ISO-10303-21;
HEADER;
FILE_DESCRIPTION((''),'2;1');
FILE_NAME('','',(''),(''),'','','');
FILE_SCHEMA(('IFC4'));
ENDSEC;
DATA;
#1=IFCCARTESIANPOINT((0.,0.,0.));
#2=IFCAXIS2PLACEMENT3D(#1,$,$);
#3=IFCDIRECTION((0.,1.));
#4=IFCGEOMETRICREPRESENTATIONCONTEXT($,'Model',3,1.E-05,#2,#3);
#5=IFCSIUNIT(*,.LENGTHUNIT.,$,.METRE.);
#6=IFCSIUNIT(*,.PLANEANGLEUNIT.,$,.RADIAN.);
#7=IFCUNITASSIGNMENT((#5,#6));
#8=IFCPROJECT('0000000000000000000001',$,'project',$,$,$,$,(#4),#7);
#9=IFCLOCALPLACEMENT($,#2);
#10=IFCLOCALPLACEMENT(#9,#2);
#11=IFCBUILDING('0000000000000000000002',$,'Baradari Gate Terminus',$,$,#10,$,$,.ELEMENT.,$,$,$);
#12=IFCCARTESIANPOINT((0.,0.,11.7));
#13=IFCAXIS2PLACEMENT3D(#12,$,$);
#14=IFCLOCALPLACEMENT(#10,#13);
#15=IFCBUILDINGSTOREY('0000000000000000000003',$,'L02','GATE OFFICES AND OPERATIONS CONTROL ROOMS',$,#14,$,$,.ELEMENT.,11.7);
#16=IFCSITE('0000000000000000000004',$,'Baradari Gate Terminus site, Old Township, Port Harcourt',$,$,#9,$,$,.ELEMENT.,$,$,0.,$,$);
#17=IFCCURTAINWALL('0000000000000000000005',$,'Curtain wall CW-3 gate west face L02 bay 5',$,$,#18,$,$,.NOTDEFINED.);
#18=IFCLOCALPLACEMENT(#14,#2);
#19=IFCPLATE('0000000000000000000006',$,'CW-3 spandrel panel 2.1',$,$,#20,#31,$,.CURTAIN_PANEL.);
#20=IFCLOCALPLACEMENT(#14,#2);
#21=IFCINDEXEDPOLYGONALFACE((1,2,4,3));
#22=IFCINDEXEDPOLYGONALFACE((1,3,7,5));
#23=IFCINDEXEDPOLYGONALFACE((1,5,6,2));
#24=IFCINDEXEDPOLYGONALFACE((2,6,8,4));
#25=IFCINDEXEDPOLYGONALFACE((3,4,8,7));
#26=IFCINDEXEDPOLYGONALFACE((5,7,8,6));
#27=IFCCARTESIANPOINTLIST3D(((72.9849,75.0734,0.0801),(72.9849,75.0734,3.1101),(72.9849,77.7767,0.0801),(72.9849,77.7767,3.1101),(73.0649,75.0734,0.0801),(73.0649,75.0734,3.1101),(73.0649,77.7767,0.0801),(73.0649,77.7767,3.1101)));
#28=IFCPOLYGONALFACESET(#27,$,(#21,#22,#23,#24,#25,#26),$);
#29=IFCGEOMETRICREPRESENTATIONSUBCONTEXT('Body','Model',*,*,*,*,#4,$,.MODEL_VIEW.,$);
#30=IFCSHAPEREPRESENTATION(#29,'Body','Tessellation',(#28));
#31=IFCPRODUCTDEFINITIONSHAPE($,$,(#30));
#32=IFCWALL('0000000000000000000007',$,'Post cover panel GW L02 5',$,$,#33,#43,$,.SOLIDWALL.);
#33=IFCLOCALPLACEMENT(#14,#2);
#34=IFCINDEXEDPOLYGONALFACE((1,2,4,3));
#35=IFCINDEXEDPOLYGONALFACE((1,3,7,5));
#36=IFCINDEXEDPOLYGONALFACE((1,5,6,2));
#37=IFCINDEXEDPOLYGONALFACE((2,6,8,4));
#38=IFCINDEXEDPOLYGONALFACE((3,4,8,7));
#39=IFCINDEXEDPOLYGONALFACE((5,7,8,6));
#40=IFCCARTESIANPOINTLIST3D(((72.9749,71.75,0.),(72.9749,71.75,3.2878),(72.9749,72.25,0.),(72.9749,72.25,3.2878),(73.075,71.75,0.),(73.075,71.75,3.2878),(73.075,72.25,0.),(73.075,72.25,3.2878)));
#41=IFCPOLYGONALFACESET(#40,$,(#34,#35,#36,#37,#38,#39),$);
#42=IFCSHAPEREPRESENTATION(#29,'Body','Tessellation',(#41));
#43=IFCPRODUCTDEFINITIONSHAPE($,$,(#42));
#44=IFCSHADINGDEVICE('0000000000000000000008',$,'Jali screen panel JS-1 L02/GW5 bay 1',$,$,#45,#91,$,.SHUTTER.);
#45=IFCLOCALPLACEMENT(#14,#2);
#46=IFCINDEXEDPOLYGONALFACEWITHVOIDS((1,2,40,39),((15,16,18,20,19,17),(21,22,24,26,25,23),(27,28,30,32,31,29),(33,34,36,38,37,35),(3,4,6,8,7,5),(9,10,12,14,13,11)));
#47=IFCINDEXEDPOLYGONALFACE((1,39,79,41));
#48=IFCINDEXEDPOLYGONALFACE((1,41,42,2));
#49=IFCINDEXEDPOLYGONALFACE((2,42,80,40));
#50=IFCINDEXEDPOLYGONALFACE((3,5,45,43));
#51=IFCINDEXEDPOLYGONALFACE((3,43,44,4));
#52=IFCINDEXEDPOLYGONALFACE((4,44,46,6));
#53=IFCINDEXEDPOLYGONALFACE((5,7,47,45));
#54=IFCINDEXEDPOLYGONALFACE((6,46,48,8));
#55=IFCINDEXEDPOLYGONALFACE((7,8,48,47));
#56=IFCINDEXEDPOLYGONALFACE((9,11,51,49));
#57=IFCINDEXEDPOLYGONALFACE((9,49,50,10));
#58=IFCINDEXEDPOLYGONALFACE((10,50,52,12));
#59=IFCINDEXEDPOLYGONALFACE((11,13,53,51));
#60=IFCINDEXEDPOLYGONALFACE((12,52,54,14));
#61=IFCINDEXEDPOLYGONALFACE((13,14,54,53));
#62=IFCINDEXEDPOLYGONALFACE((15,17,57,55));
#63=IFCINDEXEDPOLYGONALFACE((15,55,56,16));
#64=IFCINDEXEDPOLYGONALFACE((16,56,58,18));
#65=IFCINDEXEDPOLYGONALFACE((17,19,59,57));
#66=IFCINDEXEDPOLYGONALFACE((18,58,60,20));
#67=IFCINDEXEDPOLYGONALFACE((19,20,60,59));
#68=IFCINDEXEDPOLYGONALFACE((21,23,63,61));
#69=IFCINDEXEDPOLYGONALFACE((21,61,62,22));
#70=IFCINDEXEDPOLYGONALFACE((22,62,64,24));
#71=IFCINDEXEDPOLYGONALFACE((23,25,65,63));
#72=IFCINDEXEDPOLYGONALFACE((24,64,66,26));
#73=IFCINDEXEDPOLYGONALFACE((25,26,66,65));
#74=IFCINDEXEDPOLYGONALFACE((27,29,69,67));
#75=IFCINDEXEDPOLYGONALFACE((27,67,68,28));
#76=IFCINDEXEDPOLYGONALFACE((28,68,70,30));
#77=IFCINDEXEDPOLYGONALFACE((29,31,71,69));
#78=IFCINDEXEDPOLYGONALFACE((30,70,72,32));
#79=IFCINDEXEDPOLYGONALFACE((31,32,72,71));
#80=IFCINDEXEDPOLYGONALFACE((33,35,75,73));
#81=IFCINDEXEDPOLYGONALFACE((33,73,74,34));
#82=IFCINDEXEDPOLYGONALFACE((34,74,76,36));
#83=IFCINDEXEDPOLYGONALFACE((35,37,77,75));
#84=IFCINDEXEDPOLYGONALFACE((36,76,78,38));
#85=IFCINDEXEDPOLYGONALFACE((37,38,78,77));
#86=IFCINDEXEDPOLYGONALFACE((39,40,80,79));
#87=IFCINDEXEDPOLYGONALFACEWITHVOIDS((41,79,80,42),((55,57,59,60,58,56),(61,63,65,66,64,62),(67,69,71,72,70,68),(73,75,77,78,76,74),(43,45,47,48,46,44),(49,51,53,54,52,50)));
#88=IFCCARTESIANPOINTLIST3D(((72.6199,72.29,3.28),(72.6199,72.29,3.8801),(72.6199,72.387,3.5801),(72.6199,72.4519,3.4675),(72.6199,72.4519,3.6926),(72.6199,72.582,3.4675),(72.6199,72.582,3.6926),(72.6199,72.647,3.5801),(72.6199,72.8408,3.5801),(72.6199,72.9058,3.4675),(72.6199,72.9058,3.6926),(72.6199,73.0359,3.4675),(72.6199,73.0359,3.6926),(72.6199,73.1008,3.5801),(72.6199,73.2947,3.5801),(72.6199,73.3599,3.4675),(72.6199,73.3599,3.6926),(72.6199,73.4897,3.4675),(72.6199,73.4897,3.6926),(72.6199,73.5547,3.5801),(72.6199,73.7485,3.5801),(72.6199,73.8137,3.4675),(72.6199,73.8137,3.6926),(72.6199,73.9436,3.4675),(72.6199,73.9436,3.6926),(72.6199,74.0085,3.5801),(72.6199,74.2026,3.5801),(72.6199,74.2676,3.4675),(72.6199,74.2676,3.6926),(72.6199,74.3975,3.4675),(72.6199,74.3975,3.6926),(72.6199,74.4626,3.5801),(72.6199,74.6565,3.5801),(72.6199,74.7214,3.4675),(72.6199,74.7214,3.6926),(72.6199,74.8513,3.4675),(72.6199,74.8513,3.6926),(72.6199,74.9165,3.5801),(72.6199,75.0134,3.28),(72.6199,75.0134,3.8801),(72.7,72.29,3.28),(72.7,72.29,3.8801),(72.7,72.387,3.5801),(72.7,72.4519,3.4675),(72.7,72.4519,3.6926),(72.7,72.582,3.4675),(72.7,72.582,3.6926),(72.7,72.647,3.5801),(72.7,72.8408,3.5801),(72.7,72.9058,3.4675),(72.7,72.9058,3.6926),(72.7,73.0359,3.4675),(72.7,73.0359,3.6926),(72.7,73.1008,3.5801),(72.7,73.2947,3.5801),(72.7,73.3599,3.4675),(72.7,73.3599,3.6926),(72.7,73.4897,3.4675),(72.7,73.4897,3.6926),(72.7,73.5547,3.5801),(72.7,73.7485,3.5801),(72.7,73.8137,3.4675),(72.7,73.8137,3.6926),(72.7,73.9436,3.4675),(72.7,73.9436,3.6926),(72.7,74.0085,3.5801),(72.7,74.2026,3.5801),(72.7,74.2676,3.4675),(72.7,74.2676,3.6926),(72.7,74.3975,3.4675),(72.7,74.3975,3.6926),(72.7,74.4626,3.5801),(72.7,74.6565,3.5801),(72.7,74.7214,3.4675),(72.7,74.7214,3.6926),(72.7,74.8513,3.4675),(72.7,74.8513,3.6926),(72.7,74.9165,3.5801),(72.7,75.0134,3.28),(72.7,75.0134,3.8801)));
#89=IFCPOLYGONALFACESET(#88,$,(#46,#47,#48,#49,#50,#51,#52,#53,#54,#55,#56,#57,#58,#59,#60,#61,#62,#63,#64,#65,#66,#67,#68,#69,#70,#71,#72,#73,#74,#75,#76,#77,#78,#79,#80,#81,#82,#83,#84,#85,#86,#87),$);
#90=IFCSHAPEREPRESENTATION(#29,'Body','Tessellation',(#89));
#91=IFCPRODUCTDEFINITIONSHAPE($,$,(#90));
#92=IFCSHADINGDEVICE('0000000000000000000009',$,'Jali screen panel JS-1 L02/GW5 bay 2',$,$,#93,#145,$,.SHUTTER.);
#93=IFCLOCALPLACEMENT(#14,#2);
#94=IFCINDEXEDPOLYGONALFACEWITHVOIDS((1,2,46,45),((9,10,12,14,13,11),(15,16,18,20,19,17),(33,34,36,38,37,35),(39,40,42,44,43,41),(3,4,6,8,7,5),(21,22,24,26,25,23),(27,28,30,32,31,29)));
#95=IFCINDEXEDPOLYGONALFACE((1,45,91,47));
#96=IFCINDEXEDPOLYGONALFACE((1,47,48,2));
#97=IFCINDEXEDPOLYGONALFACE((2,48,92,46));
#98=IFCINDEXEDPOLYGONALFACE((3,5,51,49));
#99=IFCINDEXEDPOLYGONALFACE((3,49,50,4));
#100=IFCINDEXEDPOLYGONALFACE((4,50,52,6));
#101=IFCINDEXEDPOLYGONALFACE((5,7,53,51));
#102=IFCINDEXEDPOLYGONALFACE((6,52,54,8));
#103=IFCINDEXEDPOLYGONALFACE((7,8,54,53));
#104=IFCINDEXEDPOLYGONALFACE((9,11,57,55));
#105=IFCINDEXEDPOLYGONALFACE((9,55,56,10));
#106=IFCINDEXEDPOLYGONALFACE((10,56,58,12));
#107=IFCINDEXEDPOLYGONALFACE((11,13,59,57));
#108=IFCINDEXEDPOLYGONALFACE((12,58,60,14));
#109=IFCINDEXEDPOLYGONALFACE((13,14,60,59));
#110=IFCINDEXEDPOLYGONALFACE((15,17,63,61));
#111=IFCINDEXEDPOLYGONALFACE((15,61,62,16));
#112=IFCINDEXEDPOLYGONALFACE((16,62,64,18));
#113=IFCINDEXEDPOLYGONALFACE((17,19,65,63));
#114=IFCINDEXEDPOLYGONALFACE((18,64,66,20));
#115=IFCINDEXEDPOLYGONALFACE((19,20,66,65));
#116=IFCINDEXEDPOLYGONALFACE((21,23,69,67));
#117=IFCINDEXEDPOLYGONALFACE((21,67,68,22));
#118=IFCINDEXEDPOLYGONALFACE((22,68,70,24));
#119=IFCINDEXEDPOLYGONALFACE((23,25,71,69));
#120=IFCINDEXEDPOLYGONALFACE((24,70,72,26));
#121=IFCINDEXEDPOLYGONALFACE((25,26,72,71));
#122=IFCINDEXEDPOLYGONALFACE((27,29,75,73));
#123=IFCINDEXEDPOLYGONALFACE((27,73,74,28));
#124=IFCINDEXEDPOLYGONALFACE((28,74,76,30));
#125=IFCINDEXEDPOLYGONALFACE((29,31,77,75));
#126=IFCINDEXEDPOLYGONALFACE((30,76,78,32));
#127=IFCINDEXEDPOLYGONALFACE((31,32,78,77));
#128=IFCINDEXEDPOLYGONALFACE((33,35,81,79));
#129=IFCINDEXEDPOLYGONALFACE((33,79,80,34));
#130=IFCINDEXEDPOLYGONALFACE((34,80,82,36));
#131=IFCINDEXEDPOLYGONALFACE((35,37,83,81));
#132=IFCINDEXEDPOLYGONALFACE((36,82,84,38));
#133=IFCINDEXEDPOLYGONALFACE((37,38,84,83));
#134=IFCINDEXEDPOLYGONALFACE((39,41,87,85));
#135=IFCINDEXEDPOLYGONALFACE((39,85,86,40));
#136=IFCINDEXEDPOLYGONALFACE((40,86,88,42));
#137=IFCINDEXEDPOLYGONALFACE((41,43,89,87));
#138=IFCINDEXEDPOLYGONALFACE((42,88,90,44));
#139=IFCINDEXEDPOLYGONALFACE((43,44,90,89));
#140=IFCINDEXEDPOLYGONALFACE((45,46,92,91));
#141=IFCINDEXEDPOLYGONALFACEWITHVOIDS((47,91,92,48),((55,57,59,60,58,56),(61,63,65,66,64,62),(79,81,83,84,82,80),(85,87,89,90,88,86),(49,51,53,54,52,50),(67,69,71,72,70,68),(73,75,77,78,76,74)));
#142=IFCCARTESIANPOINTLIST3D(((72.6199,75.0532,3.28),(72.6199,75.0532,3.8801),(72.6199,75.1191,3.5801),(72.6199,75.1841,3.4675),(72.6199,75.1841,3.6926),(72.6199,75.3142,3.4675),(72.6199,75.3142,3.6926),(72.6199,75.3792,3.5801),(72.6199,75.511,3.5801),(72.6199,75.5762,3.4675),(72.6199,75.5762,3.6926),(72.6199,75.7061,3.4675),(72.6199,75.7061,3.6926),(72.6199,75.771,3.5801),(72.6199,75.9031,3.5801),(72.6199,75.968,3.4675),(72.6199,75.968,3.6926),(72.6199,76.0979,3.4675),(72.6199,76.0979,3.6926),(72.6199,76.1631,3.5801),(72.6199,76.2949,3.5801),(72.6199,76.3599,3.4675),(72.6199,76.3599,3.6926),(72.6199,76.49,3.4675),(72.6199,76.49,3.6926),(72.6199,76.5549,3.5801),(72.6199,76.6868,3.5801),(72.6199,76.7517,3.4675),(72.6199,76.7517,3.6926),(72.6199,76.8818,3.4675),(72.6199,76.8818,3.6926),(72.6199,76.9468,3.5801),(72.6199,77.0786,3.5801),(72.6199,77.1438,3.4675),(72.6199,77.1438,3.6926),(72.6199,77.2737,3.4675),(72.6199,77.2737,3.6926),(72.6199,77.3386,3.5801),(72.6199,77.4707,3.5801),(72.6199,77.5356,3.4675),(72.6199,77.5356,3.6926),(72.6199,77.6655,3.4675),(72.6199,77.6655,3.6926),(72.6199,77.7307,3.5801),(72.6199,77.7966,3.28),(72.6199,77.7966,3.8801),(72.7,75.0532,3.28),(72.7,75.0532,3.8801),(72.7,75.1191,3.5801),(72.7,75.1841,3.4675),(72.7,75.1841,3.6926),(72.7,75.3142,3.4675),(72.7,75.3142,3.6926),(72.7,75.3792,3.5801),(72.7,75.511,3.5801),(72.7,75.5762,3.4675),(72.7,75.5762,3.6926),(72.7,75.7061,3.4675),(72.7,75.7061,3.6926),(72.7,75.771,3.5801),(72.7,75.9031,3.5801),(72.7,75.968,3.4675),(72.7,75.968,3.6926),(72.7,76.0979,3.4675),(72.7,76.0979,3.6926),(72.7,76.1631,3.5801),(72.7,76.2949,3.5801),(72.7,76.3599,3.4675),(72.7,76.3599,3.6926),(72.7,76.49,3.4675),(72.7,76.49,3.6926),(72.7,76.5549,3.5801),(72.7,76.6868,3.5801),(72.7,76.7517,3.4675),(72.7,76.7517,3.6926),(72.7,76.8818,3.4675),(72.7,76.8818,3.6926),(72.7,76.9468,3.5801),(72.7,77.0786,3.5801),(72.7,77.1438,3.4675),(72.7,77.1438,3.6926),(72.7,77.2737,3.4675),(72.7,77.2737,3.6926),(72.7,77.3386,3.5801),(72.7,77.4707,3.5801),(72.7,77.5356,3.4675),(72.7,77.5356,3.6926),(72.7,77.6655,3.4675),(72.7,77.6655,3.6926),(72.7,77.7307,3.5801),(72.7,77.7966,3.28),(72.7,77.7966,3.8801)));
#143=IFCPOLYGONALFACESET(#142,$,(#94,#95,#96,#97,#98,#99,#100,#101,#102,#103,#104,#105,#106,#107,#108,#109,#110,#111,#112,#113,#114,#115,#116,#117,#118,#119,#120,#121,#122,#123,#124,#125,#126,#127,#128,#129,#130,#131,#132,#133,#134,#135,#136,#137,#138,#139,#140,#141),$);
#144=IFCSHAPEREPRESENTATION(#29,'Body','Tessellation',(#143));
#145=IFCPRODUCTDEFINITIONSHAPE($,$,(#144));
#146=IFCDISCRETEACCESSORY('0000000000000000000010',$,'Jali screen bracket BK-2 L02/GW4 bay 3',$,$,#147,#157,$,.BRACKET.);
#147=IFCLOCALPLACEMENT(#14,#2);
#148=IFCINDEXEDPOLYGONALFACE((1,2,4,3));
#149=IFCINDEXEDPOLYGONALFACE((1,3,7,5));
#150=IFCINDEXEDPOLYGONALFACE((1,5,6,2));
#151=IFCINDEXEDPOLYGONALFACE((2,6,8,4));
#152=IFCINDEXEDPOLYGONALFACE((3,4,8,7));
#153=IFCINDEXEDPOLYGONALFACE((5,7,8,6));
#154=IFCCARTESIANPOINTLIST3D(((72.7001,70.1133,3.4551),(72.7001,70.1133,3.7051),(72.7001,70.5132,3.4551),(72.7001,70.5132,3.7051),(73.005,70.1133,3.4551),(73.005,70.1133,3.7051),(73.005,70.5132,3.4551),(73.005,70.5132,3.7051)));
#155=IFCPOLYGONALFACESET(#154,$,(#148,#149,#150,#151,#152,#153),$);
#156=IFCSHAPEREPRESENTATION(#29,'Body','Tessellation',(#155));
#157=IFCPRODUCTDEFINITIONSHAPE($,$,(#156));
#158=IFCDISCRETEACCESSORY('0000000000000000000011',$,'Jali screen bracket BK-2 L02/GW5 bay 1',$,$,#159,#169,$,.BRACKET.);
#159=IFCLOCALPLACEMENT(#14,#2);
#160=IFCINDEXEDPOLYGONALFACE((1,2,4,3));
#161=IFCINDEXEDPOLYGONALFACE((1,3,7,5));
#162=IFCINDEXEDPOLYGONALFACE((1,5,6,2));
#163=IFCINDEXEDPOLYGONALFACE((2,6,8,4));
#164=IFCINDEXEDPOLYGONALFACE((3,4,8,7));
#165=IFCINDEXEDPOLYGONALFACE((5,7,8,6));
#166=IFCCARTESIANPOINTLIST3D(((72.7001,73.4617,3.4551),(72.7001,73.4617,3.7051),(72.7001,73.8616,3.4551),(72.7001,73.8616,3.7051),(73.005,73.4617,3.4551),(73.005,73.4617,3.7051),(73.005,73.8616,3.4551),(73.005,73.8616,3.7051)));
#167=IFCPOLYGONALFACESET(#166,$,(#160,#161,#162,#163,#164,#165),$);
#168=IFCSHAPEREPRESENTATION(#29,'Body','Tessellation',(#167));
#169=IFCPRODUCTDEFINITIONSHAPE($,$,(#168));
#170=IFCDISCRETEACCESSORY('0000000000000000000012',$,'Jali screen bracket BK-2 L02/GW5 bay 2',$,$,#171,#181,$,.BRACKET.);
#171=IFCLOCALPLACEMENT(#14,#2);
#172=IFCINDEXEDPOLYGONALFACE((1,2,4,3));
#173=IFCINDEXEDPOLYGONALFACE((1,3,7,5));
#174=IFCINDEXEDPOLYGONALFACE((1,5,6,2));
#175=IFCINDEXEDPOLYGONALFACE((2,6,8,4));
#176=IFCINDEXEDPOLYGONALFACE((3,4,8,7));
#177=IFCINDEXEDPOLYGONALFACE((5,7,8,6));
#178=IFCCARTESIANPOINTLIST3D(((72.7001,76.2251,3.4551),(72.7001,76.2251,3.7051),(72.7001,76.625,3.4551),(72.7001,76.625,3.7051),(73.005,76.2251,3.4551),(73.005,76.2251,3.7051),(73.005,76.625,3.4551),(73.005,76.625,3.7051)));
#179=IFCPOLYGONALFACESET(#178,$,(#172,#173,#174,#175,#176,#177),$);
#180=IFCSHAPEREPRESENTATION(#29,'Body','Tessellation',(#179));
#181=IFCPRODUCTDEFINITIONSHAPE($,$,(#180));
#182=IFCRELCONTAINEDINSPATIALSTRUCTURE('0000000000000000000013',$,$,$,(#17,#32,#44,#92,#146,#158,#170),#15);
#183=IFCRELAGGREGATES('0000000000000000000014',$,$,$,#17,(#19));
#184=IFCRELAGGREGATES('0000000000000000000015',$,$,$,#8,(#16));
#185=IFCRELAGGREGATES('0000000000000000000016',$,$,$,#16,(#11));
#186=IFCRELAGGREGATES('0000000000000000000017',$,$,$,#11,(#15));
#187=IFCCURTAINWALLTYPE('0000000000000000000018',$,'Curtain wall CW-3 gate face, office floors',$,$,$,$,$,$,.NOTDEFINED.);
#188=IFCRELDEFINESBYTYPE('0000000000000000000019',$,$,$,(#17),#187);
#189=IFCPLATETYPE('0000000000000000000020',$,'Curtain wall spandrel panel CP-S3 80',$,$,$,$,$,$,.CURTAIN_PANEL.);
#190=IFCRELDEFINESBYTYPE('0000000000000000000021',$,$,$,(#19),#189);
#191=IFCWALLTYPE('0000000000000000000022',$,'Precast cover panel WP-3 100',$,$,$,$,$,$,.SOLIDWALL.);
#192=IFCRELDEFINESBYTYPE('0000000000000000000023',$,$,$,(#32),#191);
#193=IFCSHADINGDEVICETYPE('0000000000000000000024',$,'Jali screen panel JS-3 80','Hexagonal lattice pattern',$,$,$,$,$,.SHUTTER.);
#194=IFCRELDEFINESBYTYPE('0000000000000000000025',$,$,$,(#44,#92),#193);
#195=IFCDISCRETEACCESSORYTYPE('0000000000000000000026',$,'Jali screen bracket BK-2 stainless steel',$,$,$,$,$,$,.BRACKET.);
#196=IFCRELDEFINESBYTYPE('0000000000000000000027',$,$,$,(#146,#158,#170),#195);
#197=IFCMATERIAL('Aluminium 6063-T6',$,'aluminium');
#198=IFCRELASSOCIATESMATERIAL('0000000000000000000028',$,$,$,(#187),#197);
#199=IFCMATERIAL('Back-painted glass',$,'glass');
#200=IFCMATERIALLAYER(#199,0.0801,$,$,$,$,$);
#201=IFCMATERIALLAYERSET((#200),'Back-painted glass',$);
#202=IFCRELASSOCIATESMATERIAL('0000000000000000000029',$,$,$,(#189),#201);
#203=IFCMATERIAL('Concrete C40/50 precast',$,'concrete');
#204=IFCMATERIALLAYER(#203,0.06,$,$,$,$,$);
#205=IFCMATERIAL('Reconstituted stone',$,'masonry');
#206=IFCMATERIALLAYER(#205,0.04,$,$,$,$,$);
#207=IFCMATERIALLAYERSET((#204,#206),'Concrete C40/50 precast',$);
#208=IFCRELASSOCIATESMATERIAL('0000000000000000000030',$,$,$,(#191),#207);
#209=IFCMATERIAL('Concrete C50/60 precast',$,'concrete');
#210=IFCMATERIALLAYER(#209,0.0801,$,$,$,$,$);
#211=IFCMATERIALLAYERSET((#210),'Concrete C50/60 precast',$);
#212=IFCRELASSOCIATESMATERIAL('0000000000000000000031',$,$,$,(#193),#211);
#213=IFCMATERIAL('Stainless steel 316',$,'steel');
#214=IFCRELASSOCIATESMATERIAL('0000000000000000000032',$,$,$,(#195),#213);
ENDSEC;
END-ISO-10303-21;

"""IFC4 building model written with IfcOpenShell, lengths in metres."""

from ifc_helpers import new_model, si_unit, direction, frame, frame_2d, origin, origin_2d, place, context, subcontext, project, spatial, polyline, rectangle, outline, extrude, material, layer, layer_set, type_object, element, aggregate, save


model = new_model("IFC4")

# Units and contexts
model_context = context("Model", 3, precision=1e-05, world=origin(), true_north=direction((0.0, 1.0)))
body_context = subcontext(model_context, "Body", "Model", "MODEL_VIEW")
ifc_project = project(units=[si_unit("LENGTHUNIT", "METRE"), si_unit("PLANEANGLEUNIT", "RADIAN")], contexts=[model_context])

# Site, building, storey
site_placement = place(None, origin())
site = spatial("IfcSite", under=ifc_project, at=site_placement, Name="Baradari Gate Terminus site, Old Township, Port Harcourt", CompositionType="ELEMENT", RefElevation=0.0)
building_placement = place(site_placement, origin())
building = spatial("IfcBuilding", under=site, at=building_placement, Name="Baradari Gate Terminus", CompositionType="ELEMENT")
storey_placement = place(building_placement, frame((0.0, 0.0, 11.7)))
storey = spatial("IfcBuildingStorey", under=building, at=storey_placement, Name="L02", Description="GATE OFFICES AND OPERATIONS CONTROL ROOMS", CompositionType="ELEMENT", Elevation=11.7)

# Shared definitions
ifc_material_1 = material(Name="Aluminium 6063-T6", Category="aluminium")
curtain_wall_type = type_object("IfcCurtainWallType", Name="Curtain wall CW-3 gate face, office floors", PredefinedType="NOTDEFINED", material=ifc_material_1)

# Curtain wall
curtain_wall_1_placement = place(storey_placement, origin())
curtain_wall_1 = element("IfcCurtainWall", 1, at=curtain_wall_1_placement, inside=storey, type_object=curtain_wall_type, Name="Curtain wall CW-3 gate west face L02 bay 5", PredefinedType="NOTDEFINED")

# Plate
ifc_material_2 = material(Name="Back-painted glass", Category="glass")
ifc_layer_1 = layer(ifc_material_2, 0.0801)
ifc_layer_set_1 = layer_set([ifc_layer_1], Name="Back-painted glass")
plate_type_1 = type_object("IfcPlateType", Name="Curtain wall spandrel panel CP-S3 80", PredefinedType="CURTAIN_PANEL", material=ifc_layer_set_1)
plate_1_placement = place(storey_placement, frame((73.0249, 76.425, 0.0801), z_axis=(0.0, 0.0, 1.0), x_axis=(0.0, 1.0, 0.0)))
plate_1 = element("IfcPlate", 2, at=plate_1_placement, type_object=plate_type_1, Name="CW-3 spandrel panel 2.1", PredefinedType="CURTAIN_PANEL", context=body_context, shape_type="SweptSolid", body=[
    extrude(rectangle(XDim=2.7034, YDim=0.0801, at=origin_2d()), origin(), (0.0, 0.0, 1.0), 3.03),
])
aggregate(curtain_wall_1, [plate_1])

# Wall
ifc_material_3 = material(Name="Concrete C40/50 precast", Category="concrete")
ifc_layer_2 = layer(ifc_material_3, 0.06)
ifc_material_4 = material(Name="Reconstituted stone", Category="masonry")
ifc_layer_3 = layer(ifc_material_4, 0.04)
ifc_layer_set_2 = layer_set([ifc_layer_2, ifc_layer_3], Name="Concrete C40/50 precast")
wall_type = type_object("IfcWallType", Name="Precast cover panel WP-3 100", PredefinedType="SOLIDWALL", material=ifc_layer_set_2)
wall_placement = place(storey_placement, frame((73.0249, 71.75, 0.0), z_axis=(0.0, 0.0, 1.0), x_axis=(0.0, 1.0, 0.0)))
element("IfcWall", 3, at=wall_placement, inside=storey, type_object=wall_type, Name="Post cover panel GW L02 5", PredefinedType="SOLIDWALL", context=body_context, shape_type="SweptSolid", body=[
    extrude(rectangle(XDim=0.5, YDim=0.1001, at=frame_2d((0.25, 0.0))), origin(), (0.0, 0.0, 1.0), 3.2878),
])

# Shading devices
ifc_material_5 = material(Name="Concrete C50/60 precast", Category="concrete")
ifc_layer_4 = layer(ifc_material_5, 0.0801)
ifc_layer_set_3 = layer_set([ifc_layer_4], Name="Concrete C50/60 precast")
shading_device_type = type_object("IfcShadingDeviceType", Name="Jali screen panel JS-3 80", Description="Hexagonal lattice pattern", PredefinedType="SHUTTER", material=ifc_layer_set_3)
shading_device_1_placement = place(storey_placement, frame((72.6599, 72.29, 3.28), z_axis=(0.0, 0.0, 1.0), x_axis=(0.0, 1.0, 0.0)))
element("IfcShadingDevice", 4, at=shading_device_1_placement, inside=storey, type_object=shading_device_type, Name="Jali screen panel JS-1 L02/GW5 bay 1", PredefinedType="SHUTTER", context=body_context, shape_type="SweptSolid", body=[
    extrude(outline(polyline([(0.0, 0.0), (2.7234, 0.0), (2.7234, 0.6001), (0.0, 0.6001), (0.0, 0.0)]), holes=[polyline([(0.3569, 0.3), (0.292, 0.1875), (0.1619, 0.1875), (0.0969, 0.3), (0.1619, 0.4126), (0.292, 0.4126), (0.3569, 0.3)]), polyline([(0.8108, 0.3), (0.7458, 0.1875), (0.6157, 0.1875), (0.5508, 0.3), (0.6157, 0.4126), (0.7458, 0.4126), (0.8108, 0.3)]), polyline([(1.2646, 0.3), (1.1997, 0.1875), (1.0698, 0.1875), (1.0046, 0.3), (1.0698, 0.4126), (1.1997, 0.4126), (1.2646, 0.3)]), polyline([(1.7185, 0.3), (1.6536, 0.1875), (1.5237, 0.1875), (1.4585, 0.3), (1.5237, 0.4126), (1.6536, 0.4126), (1.7185, 0.3)]), polyline([(2.1726, 0.3), (2.1074, 0.1875), (1.9775, 0.1875), (1.9126, 0.3), (1.9775, 0.4126), (2.1074, 0.4126), (2.1726, 0.3)]), polyline([(2.6265, 0.3), (2.5613, 0.1875), (2.4314, 0.1875), (2.3665, 0.3), (2.4314, 0.4126), (2.5613, 0.4126), (2.6265, 0.3)])]), frame((0.0, 0.04, 0.0), z_axis=(0.0, -1.0, 0.0), x_axis=(1.0, 0.0, 0.0)), (0.0, 0.0, 1.0), 0.0801),
])
shading_device_2_placement = place(storey_placement, frame((72.6599, 75.0532, 3.28), z_axis=(0.0, 0.0, 1.0), x_axis=(0.0, 1.0, 0.0)))
element("IfcShadingDevice", 5, at=shading_device_2_placement, inside=storey, type_object=shading_device_type, Name="Jali screen panel JS-1 L02/GW5 bay 2", PredefinedType="SHUTTER", context=body_context, shape_type="SweptSolid", body=[
    extrude(outline(polyline([(0.0, 0.0), (2.7434, 0.0), (2.7434, 0.6001), (0.0, 0.6001), (0.0, 0.0)]), holes=[polyline([(0.3259, 0.3), (0.261, 0.1875), (0.1309, 0.1875), (0.0659, 0.3), (0.1309, 0.4126), (0.261, 0.4126), (0.3259, 0.3)]), polyline([(0.7178, 0.3), (0.6528, 0.1875), (0.5229, 0.1875), (0.4578, 0.3), (0.5229, 0.4126), (0.6528, 0.4126), (0.7178, 0.3)]), polyline([(1.1099, 0.3), (1.0447, 0.1875), (0.9148, 0.1875), (0.8499, 0.3), (0.9148, 0.4126), (1.0447, 0.4126), (1.1099, 0.3)]), polyline([(1.5017, 0.3), (1.4368, 0.1875), (1.3066, 0.1875), (1.2417, 0.3), (1.3066, 0.4126), (1.4368, 0.4126), (1.5017, 0.3)]), polyline([(1.8936, 0.3), (1.8286, 0.1875), (1.6985, 0.1875), (1.6335, 0.3), (1.6985, 0.4126), (1.8286, 0.4126), (1.8936, 0.3)]), polyline([(2.2854, 0.3), (2.2205, 0.1875), (2.0906, 0.1875), (2.0254, 0.3), (2.0906, 0.4126), (2.2205, 0.4126), (2.2854, 0.3)]), polyline([(2.6775, 0.3), (2.6123, 0.1875), (2.4824, 0.1875), (2.4175, 0.3), (2.4824, 0.4126), (2.6123, 0.4126), (2.6775, 0.3)])]), frame((0.0, 0.04, 0.0), z_axis=(0.0, -1.0, 0.0), x_axis=(1.0, 0.0, 0.0)), (0.0, 0.0, 1.0), 0.0801),
])

# Discrete accessories
ifc_material_6 = material(Name="Stainless steel 316", Category="steel")
discrete_accessory_type = type_object("IfcDiscreteAccessoryType", Name="Jali screen bracket BK-2 stainless steel", PredefinedType="BRACKET", material=ifc_material_6)
for number, where, z_axis, x_axis, name in (
    (6, (72.8525, 70.3132, 3.4551), (0.0, 0.0, 1.0), (-1.0, 0.0, 0.0), "Jali screen bracket BK-2 L02/GW4 bay 3"),
    (7, (72.8525, 73.6616, 3.4551), (0.0, 0.0, 1.0), (-1.0, 0.0, 0.0), "Jali screen bracket BK-2 L02/GW5 bay 1"),
    (8, (72.8525, 76.425, 3.4551), (0.0, 0.0, 1.0), (-1.0, 0.0, 0.0), "Jali screen bracket BK-2 L02/GW5 bay 2"),
):
    element("IfcDiscreteAccessory", number, at=place(storey_placement, frame(where, z_axis=z_axis, x_axis=x_axis)), inside=storey, type_object=discrete_accessory_type, Name=name, PredefinedType="BRACKET", context=body_context, shape_type="SweptSolid", body=[
        extrude(rectangle(XDim=0.3049, YDim=0.3999, at=origin_2d()), origin(), (0.0, 0.0, 1.0), 0.25),
    ])

save(model, "model.ifc")
